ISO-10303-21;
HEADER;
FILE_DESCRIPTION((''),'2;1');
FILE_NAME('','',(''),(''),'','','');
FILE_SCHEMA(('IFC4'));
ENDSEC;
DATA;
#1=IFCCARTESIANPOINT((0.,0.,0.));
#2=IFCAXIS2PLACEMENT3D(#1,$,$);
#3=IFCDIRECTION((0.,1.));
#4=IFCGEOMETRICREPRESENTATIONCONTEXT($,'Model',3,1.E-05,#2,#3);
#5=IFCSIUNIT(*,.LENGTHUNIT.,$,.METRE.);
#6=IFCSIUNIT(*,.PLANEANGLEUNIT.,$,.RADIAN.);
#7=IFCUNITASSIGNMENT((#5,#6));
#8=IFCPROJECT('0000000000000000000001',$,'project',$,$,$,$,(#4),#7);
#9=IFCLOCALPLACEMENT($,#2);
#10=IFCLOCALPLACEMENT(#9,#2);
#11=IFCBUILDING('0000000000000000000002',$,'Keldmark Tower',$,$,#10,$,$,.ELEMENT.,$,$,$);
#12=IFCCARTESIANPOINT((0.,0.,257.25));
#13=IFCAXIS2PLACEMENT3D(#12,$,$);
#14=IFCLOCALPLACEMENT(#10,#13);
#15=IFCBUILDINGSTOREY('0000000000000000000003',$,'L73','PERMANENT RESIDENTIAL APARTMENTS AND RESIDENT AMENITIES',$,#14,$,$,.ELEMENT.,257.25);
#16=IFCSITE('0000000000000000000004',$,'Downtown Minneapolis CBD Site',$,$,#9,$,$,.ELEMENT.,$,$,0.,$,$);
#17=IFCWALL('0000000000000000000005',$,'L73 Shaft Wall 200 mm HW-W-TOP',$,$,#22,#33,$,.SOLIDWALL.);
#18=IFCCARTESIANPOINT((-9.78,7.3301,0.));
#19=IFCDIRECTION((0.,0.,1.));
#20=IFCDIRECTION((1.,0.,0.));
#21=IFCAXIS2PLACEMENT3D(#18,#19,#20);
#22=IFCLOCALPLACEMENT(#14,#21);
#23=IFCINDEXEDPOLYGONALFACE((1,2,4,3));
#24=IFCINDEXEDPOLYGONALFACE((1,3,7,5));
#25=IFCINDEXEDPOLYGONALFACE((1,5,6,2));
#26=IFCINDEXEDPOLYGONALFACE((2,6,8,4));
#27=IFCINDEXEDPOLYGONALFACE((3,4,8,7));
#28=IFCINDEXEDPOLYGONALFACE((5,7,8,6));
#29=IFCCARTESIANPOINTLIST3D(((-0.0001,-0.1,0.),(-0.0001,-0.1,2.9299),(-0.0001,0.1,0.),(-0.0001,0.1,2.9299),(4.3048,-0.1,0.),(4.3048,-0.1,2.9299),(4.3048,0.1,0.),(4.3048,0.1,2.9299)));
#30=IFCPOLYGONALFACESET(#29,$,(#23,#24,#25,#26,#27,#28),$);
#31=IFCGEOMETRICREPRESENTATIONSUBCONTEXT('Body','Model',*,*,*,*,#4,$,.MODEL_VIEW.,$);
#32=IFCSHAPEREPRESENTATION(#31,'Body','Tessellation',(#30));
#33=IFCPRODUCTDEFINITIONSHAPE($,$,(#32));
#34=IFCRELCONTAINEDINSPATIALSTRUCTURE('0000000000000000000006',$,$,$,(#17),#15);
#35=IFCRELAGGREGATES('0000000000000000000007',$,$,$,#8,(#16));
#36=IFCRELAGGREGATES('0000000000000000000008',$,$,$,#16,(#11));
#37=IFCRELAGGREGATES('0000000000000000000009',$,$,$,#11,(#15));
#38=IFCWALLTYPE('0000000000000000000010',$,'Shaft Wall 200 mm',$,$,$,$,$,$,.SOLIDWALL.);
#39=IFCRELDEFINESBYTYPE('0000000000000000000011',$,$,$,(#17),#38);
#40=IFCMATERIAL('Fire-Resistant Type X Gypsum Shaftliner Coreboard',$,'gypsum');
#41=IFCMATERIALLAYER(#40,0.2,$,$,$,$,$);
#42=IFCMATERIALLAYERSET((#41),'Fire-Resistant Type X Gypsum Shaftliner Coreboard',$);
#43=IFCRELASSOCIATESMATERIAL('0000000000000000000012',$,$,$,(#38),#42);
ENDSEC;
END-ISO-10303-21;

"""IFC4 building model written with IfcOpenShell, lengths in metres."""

from ifc_helpers import new_model, si_unit, direction, frame, frame_2d, origin, place, context, subcontext, project, spatial, rectangle, extrude, material, layer, layer_set, type_object, element, save


model = new_model("IFC4")

# Units and contexts
model_context = context("Model", 3, precision=1e-05, world=origin(), true_north=direction((0.0, 1.0)))
body_context = subcontext(model_context, "Body", "Model", "MODEL_VIEW")
ifc_project = project(units=[si_unit("LENGTHUNIT", "METRE"), si_unit("PLANEANGLEUNIT", "RADIAN")], contexts=[model_context])

# Site, building, storey
site_placement = place(None, origin())
site = spatial("IfcSite", under=ifc_project, at=site_placement, Name="Downtown Minneapolis CBD Site", CompositionType="ELEMENT", RefElevation=0.0)
building_placement = place(site_placement, origin())
building = spatial("IfcBuilding", under=site, at=building_placement, Name="Keldmark Tower", CompositionType="ELEMENT")
storey_placement = place(building_placement, frame((0.0, 0.0, 257.25)))
storey = spatial("IfcBuildingStorey", under=building, at=storey_placement, Name="L73", Description="PERMANENT RESIDENTIAL APARTMENTS AND RESIDENT AMENITIES", CompositionType="ELEMENT", Elevation=257.25)

# Shared definitions
ifc_material_1 = material(Name="Fire-Resistant Type X Gypsum Shaftliner Coreboard", Category="gypsum")
ifc_layer_1 = layer(ifc_material_1, 0.2)
ifc_layer_set_1 = layer_set([ifc_layer_1], Name="Fire-Resistant Type X Gypsum Shaftliner Coreboard")
wall_type_1 = type_object("IfcWallType", Name="Shaft Wall 200 mm", PredefinedType="SOLIDWALL", material=ifc_layer_set_1)

# Wall
wall_1_placement = place(storey_placement, frame((-9.78, 7.3301, 0.0), z_axis=(0.0, 0.0, 1.0), x_axis=(1.0, 0.0, 0.0)))
element("IfcWall", 1, at=wall_1_placement, inside=storey, type_object=wall_type_1, Name="L73 Shaft Wall 200 mm HW-W-TOP", PredefinedType="SOLIDWALL", context=body_context, shape_type="SweptSolid", body=[
    extrude(rectangle(XDim=4.3049, YDim=0.2, at=frame_2d((2.1523, 0.0))), origin(), (0.0, 0.0, 1.0), 2.9299),
])

save(model, "model.ifc")
